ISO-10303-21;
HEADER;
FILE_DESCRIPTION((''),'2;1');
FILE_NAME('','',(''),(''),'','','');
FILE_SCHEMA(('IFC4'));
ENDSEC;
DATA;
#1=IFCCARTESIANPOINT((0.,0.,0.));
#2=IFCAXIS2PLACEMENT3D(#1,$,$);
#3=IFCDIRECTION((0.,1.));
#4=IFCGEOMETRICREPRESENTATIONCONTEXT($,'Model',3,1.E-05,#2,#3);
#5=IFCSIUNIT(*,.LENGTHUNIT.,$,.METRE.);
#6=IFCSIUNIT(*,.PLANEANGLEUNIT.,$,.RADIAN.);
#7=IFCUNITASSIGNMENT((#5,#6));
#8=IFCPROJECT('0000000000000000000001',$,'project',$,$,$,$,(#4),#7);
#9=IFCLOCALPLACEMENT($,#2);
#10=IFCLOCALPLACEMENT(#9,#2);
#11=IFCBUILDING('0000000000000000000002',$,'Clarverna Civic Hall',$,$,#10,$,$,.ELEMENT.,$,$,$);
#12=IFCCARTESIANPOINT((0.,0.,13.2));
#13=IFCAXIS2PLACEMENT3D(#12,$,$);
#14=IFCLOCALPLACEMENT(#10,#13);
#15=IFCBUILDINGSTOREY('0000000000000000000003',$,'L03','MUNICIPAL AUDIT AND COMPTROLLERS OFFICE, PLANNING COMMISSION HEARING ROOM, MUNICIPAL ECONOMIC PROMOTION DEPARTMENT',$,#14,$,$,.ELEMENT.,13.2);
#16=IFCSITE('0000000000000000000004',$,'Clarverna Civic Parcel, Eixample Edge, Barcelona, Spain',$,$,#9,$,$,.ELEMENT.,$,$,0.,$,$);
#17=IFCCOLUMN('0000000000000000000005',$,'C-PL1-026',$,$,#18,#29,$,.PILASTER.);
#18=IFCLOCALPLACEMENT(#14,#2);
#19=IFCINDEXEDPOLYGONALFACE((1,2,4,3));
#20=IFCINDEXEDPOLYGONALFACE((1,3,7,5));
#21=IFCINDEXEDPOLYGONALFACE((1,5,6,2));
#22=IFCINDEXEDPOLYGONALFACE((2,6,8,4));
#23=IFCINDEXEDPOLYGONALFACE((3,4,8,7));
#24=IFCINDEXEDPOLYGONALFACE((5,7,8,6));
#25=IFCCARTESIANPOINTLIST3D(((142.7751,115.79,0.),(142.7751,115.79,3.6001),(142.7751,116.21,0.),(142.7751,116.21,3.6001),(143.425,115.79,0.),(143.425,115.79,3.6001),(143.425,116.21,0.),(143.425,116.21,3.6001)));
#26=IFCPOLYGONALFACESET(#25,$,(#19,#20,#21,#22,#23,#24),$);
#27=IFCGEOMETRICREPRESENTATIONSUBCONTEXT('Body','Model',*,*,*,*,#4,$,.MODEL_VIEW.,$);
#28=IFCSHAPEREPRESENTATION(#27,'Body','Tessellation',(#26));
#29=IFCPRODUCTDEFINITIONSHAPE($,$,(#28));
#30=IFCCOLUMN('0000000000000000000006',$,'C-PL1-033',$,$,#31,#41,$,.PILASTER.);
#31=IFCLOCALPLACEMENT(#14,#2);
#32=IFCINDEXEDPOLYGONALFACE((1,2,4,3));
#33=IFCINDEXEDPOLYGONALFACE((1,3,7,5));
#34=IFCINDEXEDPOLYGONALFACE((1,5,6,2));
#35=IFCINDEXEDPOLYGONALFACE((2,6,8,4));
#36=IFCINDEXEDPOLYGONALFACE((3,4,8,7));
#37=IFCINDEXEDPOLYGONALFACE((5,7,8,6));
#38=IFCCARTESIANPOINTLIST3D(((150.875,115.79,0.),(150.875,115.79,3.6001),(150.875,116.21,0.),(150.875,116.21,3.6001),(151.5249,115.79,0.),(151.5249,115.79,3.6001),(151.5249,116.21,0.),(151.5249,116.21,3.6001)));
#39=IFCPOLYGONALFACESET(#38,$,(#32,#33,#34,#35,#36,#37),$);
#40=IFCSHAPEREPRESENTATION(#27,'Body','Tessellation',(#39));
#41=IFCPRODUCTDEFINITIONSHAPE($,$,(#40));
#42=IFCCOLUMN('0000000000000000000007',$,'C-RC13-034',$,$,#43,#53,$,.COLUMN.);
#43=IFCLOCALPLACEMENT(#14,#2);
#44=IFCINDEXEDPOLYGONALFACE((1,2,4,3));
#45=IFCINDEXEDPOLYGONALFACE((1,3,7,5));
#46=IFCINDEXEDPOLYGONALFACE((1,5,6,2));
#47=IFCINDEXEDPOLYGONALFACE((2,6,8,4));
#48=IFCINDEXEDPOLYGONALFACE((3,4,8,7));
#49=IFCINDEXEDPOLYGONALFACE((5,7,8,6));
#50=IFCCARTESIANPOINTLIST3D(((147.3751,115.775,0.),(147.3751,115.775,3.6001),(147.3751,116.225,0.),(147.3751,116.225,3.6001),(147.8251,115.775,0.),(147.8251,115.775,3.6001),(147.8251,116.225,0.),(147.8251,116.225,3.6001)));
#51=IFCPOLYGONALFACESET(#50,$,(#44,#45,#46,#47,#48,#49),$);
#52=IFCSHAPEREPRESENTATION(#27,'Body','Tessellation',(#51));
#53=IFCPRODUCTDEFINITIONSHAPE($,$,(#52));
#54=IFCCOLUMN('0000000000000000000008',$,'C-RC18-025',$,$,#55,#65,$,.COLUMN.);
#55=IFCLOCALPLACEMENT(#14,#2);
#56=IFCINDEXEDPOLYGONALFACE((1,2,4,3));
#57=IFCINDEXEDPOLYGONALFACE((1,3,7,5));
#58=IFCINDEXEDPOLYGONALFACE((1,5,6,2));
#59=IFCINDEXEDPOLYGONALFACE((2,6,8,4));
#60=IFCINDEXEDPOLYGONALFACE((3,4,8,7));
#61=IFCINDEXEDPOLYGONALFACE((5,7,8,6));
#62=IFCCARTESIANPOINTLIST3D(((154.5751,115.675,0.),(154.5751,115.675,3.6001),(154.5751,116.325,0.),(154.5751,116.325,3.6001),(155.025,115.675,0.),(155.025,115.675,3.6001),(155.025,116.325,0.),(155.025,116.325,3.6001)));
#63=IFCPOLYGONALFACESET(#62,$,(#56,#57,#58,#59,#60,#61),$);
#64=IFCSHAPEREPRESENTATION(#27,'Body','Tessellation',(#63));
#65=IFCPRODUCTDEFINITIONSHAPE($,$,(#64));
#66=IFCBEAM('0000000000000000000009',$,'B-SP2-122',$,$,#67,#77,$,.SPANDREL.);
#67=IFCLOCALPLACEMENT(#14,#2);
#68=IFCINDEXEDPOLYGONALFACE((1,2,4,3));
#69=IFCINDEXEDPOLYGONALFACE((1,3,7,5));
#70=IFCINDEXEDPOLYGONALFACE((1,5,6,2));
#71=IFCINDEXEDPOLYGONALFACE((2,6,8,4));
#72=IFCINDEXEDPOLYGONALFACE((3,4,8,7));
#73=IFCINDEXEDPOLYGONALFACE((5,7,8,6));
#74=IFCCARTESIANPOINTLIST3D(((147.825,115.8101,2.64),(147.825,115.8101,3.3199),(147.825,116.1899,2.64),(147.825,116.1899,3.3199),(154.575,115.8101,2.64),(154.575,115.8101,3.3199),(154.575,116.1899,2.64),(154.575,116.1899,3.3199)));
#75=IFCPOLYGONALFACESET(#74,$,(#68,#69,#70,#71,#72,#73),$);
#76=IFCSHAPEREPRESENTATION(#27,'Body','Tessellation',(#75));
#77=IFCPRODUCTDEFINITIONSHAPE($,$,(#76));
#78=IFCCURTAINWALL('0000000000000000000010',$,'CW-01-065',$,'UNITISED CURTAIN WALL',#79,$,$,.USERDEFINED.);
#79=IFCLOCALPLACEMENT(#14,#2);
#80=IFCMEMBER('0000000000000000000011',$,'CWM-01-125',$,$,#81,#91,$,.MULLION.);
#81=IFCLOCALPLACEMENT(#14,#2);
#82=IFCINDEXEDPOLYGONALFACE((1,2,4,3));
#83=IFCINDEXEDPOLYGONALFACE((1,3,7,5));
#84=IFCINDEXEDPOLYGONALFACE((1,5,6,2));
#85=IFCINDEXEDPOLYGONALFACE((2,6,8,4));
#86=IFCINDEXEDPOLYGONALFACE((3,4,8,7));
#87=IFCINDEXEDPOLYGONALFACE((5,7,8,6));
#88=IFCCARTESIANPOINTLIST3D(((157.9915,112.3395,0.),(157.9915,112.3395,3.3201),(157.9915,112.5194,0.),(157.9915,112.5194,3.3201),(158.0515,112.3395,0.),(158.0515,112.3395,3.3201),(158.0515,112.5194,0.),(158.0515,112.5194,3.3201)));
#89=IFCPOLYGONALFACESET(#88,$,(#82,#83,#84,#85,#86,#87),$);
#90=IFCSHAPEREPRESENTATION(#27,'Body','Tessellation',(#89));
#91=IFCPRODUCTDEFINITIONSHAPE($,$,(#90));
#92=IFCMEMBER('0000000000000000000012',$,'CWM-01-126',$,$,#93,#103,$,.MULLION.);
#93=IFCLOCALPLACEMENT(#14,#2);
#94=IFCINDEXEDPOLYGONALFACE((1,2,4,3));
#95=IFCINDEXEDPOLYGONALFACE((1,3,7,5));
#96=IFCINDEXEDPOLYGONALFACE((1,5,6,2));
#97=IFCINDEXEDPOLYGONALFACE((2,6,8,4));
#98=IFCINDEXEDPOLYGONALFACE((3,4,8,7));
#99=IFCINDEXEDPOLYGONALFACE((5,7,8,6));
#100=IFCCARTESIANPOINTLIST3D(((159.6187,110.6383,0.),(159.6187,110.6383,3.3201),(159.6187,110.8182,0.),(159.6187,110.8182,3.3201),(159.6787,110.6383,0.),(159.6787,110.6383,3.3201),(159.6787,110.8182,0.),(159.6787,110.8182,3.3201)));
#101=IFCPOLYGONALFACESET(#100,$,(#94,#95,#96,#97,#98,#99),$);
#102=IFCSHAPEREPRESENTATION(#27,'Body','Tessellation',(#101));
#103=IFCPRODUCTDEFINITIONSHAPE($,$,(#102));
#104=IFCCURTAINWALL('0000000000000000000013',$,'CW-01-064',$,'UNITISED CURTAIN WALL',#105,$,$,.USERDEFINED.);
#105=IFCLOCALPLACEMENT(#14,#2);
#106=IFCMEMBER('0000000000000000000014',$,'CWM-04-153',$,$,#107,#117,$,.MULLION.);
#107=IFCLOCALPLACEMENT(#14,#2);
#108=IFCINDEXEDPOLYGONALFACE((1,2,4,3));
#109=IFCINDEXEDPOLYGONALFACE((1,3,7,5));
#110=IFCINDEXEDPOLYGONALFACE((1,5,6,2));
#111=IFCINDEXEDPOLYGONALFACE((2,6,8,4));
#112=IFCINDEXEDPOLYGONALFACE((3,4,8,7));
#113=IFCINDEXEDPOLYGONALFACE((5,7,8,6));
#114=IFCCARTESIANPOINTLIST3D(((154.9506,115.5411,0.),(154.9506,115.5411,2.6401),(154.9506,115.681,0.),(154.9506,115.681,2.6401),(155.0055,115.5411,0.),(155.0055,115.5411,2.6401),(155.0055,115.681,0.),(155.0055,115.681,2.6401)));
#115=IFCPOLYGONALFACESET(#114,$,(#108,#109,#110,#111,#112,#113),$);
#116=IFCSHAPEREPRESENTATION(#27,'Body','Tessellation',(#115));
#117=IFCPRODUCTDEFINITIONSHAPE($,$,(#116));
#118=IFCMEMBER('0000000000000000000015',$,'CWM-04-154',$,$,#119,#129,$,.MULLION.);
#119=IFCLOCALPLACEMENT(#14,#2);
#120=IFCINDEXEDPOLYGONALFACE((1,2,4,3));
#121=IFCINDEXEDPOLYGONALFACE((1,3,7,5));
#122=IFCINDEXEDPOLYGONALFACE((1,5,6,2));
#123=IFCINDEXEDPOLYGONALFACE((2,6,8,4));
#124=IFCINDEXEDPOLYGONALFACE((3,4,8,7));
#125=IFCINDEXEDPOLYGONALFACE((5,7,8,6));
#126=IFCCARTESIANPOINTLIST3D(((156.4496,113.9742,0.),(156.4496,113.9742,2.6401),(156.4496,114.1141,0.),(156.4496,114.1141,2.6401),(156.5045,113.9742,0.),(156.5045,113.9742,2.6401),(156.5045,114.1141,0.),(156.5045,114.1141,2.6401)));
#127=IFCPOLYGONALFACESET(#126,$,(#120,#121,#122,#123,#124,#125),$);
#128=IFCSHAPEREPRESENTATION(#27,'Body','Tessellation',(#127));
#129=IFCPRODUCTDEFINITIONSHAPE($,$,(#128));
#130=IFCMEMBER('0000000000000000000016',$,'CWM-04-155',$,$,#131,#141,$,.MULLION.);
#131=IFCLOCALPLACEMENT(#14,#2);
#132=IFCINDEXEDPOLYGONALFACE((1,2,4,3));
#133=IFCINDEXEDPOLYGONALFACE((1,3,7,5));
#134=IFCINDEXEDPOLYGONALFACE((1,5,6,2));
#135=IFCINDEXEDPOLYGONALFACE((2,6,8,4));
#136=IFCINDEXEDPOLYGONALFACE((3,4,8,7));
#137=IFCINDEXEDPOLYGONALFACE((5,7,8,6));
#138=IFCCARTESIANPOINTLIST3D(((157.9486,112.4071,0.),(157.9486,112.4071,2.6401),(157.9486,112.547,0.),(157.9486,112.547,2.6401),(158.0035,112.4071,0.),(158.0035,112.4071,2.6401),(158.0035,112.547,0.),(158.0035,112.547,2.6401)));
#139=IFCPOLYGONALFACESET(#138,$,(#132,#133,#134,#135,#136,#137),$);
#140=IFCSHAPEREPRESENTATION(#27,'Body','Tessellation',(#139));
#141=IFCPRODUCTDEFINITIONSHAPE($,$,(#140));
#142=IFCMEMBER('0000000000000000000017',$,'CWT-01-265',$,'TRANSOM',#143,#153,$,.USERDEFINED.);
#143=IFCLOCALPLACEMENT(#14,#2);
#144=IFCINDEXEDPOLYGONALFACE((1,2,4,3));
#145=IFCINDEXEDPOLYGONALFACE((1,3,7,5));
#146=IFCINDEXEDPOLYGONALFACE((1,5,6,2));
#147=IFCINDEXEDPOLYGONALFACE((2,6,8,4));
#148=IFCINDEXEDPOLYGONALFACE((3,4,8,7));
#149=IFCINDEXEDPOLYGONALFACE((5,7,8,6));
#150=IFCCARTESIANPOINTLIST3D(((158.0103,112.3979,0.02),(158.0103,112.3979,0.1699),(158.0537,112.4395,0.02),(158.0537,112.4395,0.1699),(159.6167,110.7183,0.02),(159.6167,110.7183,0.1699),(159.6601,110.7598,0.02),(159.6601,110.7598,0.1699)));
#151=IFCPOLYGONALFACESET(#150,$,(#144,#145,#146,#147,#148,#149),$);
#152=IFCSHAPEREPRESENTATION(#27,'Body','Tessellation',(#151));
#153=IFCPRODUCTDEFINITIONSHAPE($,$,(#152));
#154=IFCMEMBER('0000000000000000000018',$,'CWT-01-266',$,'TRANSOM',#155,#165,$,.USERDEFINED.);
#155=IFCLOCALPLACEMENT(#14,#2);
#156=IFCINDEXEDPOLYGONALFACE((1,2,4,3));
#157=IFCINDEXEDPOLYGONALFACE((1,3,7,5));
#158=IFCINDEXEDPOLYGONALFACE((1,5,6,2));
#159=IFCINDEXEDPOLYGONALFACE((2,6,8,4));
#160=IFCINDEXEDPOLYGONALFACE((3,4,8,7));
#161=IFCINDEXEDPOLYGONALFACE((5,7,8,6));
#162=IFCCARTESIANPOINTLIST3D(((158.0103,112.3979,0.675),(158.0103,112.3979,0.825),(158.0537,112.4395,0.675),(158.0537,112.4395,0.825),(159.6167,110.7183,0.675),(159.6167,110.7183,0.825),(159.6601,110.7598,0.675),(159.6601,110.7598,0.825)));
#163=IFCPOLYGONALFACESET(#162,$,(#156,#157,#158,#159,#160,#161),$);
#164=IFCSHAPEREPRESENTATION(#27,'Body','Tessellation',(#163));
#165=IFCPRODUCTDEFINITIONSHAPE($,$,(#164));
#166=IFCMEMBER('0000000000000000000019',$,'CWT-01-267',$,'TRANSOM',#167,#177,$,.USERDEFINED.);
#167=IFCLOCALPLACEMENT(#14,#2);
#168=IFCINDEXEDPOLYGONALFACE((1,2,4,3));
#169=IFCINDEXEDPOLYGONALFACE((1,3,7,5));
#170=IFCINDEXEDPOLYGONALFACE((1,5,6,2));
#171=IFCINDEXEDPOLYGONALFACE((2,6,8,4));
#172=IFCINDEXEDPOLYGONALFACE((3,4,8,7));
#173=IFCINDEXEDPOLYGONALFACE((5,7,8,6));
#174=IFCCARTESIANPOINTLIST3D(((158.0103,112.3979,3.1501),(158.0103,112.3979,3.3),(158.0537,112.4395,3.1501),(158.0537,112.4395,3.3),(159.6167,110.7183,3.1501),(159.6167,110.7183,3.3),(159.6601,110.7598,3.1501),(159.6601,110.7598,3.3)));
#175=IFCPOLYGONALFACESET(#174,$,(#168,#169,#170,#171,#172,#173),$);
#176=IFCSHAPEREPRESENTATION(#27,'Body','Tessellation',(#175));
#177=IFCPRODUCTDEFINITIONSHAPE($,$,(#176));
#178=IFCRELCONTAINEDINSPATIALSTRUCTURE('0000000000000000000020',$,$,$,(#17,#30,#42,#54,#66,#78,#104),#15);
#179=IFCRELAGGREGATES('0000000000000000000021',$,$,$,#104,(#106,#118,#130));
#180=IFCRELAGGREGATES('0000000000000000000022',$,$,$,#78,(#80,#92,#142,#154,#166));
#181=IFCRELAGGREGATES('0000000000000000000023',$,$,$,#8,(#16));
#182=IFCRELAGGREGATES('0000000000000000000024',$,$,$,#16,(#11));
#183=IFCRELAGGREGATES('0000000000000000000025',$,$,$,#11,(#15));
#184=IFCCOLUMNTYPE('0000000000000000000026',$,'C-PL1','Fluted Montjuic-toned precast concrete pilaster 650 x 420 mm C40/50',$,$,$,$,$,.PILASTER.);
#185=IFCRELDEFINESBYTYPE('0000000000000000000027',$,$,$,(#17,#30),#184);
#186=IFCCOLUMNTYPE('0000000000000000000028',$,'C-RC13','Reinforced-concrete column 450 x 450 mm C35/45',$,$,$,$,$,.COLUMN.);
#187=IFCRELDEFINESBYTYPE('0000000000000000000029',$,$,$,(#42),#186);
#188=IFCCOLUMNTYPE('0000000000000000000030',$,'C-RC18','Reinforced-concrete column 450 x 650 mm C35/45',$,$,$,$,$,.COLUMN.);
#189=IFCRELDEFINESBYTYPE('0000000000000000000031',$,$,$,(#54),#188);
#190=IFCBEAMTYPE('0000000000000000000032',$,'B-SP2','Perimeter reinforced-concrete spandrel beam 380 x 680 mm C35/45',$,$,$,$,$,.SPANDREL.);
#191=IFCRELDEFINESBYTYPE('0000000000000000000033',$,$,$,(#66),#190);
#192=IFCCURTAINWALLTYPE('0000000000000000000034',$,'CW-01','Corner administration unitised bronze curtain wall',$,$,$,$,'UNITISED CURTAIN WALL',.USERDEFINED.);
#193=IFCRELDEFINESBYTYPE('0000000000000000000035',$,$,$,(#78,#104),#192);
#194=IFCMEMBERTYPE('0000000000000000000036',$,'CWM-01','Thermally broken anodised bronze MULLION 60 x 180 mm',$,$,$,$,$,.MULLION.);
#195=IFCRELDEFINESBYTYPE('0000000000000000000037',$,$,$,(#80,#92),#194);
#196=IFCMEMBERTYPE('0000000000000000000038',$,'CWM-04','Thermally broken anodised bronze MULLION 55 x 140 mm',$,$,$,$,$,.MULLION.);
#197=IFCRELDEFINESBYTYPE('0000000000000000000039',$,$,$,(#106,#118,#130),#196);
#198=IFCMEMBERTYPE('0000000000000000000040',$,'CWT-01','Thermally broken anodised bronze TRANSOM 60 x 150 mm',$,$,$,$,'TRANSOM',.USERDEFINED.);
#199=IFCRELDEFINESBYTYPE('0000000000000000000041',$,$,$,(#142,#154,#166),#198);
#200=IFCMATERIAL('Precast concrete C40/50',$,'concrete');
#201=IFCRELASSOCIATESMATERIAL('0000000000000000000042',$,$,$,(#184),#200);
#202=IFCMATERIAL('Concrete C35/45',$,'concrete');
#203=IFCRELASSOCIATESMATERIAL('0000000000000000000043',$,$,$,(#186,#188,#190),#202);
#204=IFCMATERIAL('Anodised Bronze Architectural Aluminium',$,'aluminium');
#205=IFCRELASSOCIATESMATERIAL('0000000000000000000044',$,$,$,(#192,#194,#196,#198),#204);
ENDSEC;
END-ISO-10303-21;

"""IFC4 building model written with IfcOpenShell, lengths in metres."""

from ifc_helpers import new_model, si_unit, direction, frame, origin, origin_2d, place, context, subcontext, project, spatial, rectangle, extrude, material, material_profile, profile_set, type_object, element, aggregate, save


model = new_model("IFC4")

# Units and contexts
model_context = context("Model", 3, precision=1e-05, world=origin(), true_north=direction((0.0, 1.0)))
body_context = subcontext(model_context, "Body", "Model", "MODEL_VIEW")
ifc_project = project(units=[si_unit("LENGTHUNIT", "METRE"), si_unit("PLANEANGLEUNIT", "RADIAN")], contexts=[model_context])

# Site, building, storey
site_placement = place(None, origin())
site = spatial("IfcSite", under=ifc_project, at=site_placement, Name="Clarverna Civic Parcel, Eixample Edge, Barcelona, Spain", CompositionType="ELEMENT", RefElevation=0.0)
building_placement = place(site_placement, origin())
building = spatial("IfcBuilding", under=site, at=building_placement, Name="Clarverna Civic Hall", CompositionType="ELEMENT")
storey_placement = place(building_placement, frame((0.0, 0.0, 13.2)))
storey = spatial("IfcBuildingStorey", under=building, at=storey_placement, Name="L03", Description="MUNICIPAL AUDIT AND COMPTROLLERS OFFICE, PLANNING COMMISSION HEARING ROOM, MUNICIPAL ECONOMIC PROMOTION DEPARTMENT", CompositionType="ELEMENT", Elevation=13.2)

# Columns
ifc_material_1 = material(Name="Precast concrete C40/50", Category="concrete")
ifc_material_profile_1 = material_profile(ifc_material_1, rectangle(XDim=0.6499, YDim=0.4199, at=origin_2d()), Name="PILASTER 650x420")
ifc_profile_set_1 = profile_set([ifc_material_profile_1], Name="Precast concrete C40/50")
column_type_1 = type_object("IfcColumnType", Name="C-PL1", Description="Fluted Montjuic-toned precast concrete pilaster 650 x 420 mm C40/50", PredefinedType="PILASTER", material=ifc_profile_set_1)
for number, where, z_axis, x_axis, name in (
    (1, (143.1001, 116.0, 0.0), (0.0, 0.0, 1.0), (1.0, 0.0, 0.0), "C-PL1-026"),
    (2, (151.2, 116.0, 0.0), (0.0, 0.0, 1.0), (1.0, 0.0, 0.0), "C-PL1-033"),
):
    element("IfcColumn", number, at=place(storey_placement, frame(where, z_axis=z_axis, x_axis=x_axis)), inside=storey, type_object=column_type_1, Name=name, PredefinedType="PILASTER", context=body_context, shape_type="SweptSolid", body=[
        extrude(rectangle(XDim=0.6499, YDim=0.4199, at=origin_2d()), origin(), (0.0, 0.0, 1.0), 3.6001),
    ])
ifc_material_2 = material(Name="Concrete C35/45", Category="concrete")
ifc_material_profile_2 = material_profile(ifc_material_2, rectangle(XDim=0.45, YDim=0.45, at=origin_2d()), Name="RC 450x450")
ifc_profile_set_2 = profile_set([ifc_material_profile_2], Name="Concrete C35/45")
column_type_2 = type_object("IfcColumnType", Name="C-RC13", Description="Reinforced-concrete column 450 x 450 mm C35/45", PredefinedType="COLUMN", material=ifc_profile_set_2)
column_1_placement = place(storey_placement, frame((147.6001, 116.0, 0.0), z_axis=(0.0, 0.0, 1.0), x_axis=(1.0, 0.0, 0.0)))
element("IfcColumn", 3, at=column_1_placement, inside=storey, type_object=column_type_2, Name="C-RC13-034", PredefinedType="COLUMN", context=body_context, shape_type="SweptSolid", body=[
    extrude(rectangle(XDim=0.45, YDim=0.45, at=origin_2d()), origin(), (0.0, 0.0, 1.0), 3.6001),
])
ifc_material_profile_3 = material_profile(ifc_material_2, rectangle(XDim=0.45, YDim=0.6499, at=origin_2d()), Name="RC 450x650")
ifc_profile_set_3 = profile_set([ifc_material_profile_3], Name="Concrete C35/45")
column_type_3 = type_object("IfcColumnType", Name="C-RC18", Description="Reinforced-concrete column 450 x 650 mm C35/45", PredefinedType="COLUMN", material=ifc_profile_set_3)
column_2_placement = place(storey_placement, frame((154.8, 116.0, 0.0), z_axis=(0.0, 0.0, 1.0), x_axis=(1.0, 0.0, 0.0)))
element("IfcColumn", 4, at=column_2_placement, inside=storey, type_object=column_type_3, Name="C-RC18-025", PredefinedType="COLUMN", context=body_context, shape_type="SweptSolid", body=[
    extrude(rectangle(XDim=0.45, YDim=0.6499, at=origin_2d()), origin(), (0.0, 0.0, 1.0), 3.6001),
])

# Beam
ifc_material_profile_4 = material_profile(ifc_material_2, rectangle(XDim=0.3799, YDim=0.6799, at=origin_2d()), Name="RC 380x680")
ifc_profile_set_4 = profile_set([ifc_material_profile_4], Name="Concrete C35/45")
beam_type = type_object("IfcBeamType", Name="B-SP2", Description="Perimeter reinforced-concrete spandrel beam 380 x 680 mm C35/45", PredefinedType="SPANDREL", material=ifc_profile_set_4)
beam_placement = place(storey_placement, frame((147.825, 116.0, 2.98), z_axis=(1.0, 0.0, 0.0), x_axis=(0.0, 1.0, 0.0)))
element("IfcBeam", 5, at=beam_placement, inside=storey, type_object=beam_type, Name="B-SP2-122", PredefinedType="SPANDREL", context=body_context, shape_type="SweptSolid", body=[
    extrude(rectangle(XDim=0.3799, YDim=0.6799, at=origin_2d()), origin(), (0.0, 0.0, 1.0), 6.75),
])

# Curtain walls, members
ifc_material_3 = material(Name="Anodised Bronze Architectural Aluminium", Category="aluminium")
curtain_wall_type = type_object("IfcCurtainWallType", Name="CW-01", Description="Corner administration unitised bronze curtain wall", ElementType="UNITISED CURTAIN WALL", PredefinedType="USERDEFINED", material=ifc_material_3)
curtain_wall_1_placement = place(storey_placement, origin())
curtain_wall_1 = element("IfcCurtainWall", 6, at=curtain_wall_1_placement, inside=storey, type_object=curtain_wall_type, Name="CW-01-065", ObjectType="UNITISED CURTAIN WALL", PredefinedType="USERDEFINED")
ifc_material_profile_5 = material_profile(ifc_material_3, rectangle(XDim=0.0601, YDim=0.1799, at=origin_2d()), Name="BRONZE 60x180")
ifc_profile_set_5 = profile_set([ifc_material_profile_5], Name="Anodised Bronze Architectural Aluminium")
member_type_1 = type_object("IfcMemberType", Name="CWM-01", Description="Thermally broken anodised bronze MULLION 60 x 180 mm", PredefinedType="MULLION", material=ifc_profile_set_5)
member_1_placement = place(storey_placement, frame((158.0215, 112.4294, 0.0), z_axis=(0.0, 0.0, 1.0), x_axis=(1.0, 0.0, 0.0)))
member_1 = element("IfcMember", 7, at=member_1_placement, type_object=member_type_1, Name="CWM-01-125", PredefinedType="MULLION", context=body_context, shape_type="SweptSolid", body=[
    extrude(rectangle(XDim=0.0601, YDim=0.1799, at=origin_2d()), origin(), (0.0, 0.0, 1.0), 3.3201),
])
member_2_placement = place(storey_placement, frame((159.6487, 110.7283, 0.0), z_axis=(0.0, 0.0, 1.0), x_axis=(1.0, 0.0, 0.0)))
member_2 = element("IfcMember", 8, at=member_2_placement, type_object=member_type_1, Name="CWM-01-126", PredefinedType="MULLION", context=body_context, shape_type="SweptSolid", body=[
    extrude(rectangle(XDim=0.0601, YDim=0.1799, at=origin_2d()), origin(), (0.0, 0.0, 1.0), 3.3201),
])
curtain_wall_2_placement = place(storey_placement, origin())
curtain_wall_2 = element("IfcCurtainWall", 9, at=curtain_wall_2_placement, inside=storey, type_object=curtain_wall_type, Name="CW-01-064", ObjectType="UNITISED CURTAIN WALL", PredefinedType="USERDEFINED")
ifc_material_profile_6 = material_profile(ifc_material_3, rectangle(XDim=0.0549, YDim=0.1399, at=origin_2d()), Name="BRONZE 55x140")
ifc_profile_set_6 = profile_set([ifc_material_profile_6], Name="Anodised Bronze Architectural Aluminium")
member_type_2 = type_object("IfcMemberType", Name="CWM-04", Description="Thermally broken anodised bronze MULLION 55 x 140 mm", PredefinedType="MULLION", material=ifc_profile_set_6)
member_3_placement = place(storey_placement, frame((154.978, 115.6111, 0.0), z_axis=(0.0, 0.0, 1.0), x_axis=(1.0, 0.0, 0.0)))
member_3 = element("IfcMember", 10, at=member_3_placement, type_object=member_type_2, Name="CWM-04-153", PredefinedType="MULLION", context=body_context, shape_type="SweptSolid", body=[
    extrude(rectangle(XDim=0.0549, YDim=0.1399, at=origin_2d()), origin(), (0.0, 0.0, 1.0), 2.6401),
])
member_4_placement = place(storey_placement, frame((156.4771, 114.0442, 0.0), z_axis=(0.0, 0.0, 1.0), x_axis=(1.0, 0.0, 0.0)))
member_4 = element("IfcMember", 11, at=member_4_placement, type_object=member_type_2, Name="CWM-04-154", PredefinedType="MULLION", context=body_context, shape_type="SweptSolid", body=[
    extrude(rectangle(XDim=0.0549, YDim=0.1399, at=origin_2d()), origin(), (0.0, 0.0, 1.0), 2.6401),
])
member_5_placement = place(storey_placement, frame((157.9761, 112.4771, 0.0), z_axis=(0.0, 0.0, 1.0), x_axis=(1.0, 0.0, 0.0)))
member_5 = element("IfcMember", 12, at=member_5_placement, type_object=member_type_2, Name="CWM-04-155", PredefinedType="MULLION", context=body_context, shape_type="SweptSolid", body=[
    extrude(rectangle(XDim=0.0549, YDim=0.1399, at=origin_2d()), origin(), (0.0, 0.0, 1.0), 2.6401),
])

# Members
ifc_material_profile_7 = material_profile(ifc_material_3, rectangle(XDim=0.0601, YDim=0.1499, at=origin_2d()), Name="BRONZE 60x150")
ifc_profile_set_7 = profile_set([ifc_material_profile_7], Name="Anodised Bronze Architectural Aluminium")
member_type_3 = type_object("IfcMemberType", Name="CWT-01", Description="Thermally broken anodised bronze TRANSOM 60 x 150 mm", ElementType="TRANSOM", PredefinedType="USERDEFINED", material=ifc_profile_set_7)
member_6_placement = place(storey_placement, frame((158.032, 112.4187, 0.095), z_axis=(0.691175, -0.722687, 0.0), x_axis=(0.722687, 0.691175, 0.0)))
member_6 = element("IfcMember", 13, at=member_6_placement, type_object=member_type_3, Name="CWT-01-265", ObjectType="TRANSOM", PredefinedType="USERDEFINED", context=body_context, shape_type="SweptSolid", body=[
    extrude(rectangle(XDim=0.0601, YDim=0.1499, at=origin_2d()), origin(), (0.0, 0.0, 1.0), 2.3242),
])
member_7_placement = place(storey_placement, frame((158.032, 112.4187, 0.75), z_axis=(0.691175, -0.722687, 0.0), x_axis=(0.722687, 0.691175, 0.0)))
member_7 = element("IfcMember", 14, at=member_7_placement, type_object=member_type_3, Name="CWT-01-266", ObjectType="TRANSOM", PredefinedType="USERDEFINED", context=body_context, shape_type="SweptSolid", body=[
    extrude(rectangle(XDim=0.0601, YDim=0.1499, at=origin_2d()), origin(), (0.0, 0.0, 1.0), 2.3242),
])
member_8_placement = place(storey_placement, frame((158.032, 112.4187, 3.2251), z_axis=(0.691175, -0.722687, 0.0), x_axis=(0.722687, 0.691175, 0.0)))
member_8 = element("IfcMember", 15, at=member_8_placement, type_object=member_type_3, Name="CWT-01-267", ObjectType="TRANSOM", PredefinedType="USERDEFINED", context=body_context, shape_type="SweptSolid", body=[
    extrude(rectangle(XDim=0.0601, YDim=0.1499, at=origin_2d()), origin(), (0.0, 0.0, 1.0), 2.3242),
])

aggregate(curtain_wall_2, [member_3, member_4, member_5])
aggregate(curtain_wall_1, [member_1, member_2, member_6, member_7, member_8])

save(model, "model.ifc")
